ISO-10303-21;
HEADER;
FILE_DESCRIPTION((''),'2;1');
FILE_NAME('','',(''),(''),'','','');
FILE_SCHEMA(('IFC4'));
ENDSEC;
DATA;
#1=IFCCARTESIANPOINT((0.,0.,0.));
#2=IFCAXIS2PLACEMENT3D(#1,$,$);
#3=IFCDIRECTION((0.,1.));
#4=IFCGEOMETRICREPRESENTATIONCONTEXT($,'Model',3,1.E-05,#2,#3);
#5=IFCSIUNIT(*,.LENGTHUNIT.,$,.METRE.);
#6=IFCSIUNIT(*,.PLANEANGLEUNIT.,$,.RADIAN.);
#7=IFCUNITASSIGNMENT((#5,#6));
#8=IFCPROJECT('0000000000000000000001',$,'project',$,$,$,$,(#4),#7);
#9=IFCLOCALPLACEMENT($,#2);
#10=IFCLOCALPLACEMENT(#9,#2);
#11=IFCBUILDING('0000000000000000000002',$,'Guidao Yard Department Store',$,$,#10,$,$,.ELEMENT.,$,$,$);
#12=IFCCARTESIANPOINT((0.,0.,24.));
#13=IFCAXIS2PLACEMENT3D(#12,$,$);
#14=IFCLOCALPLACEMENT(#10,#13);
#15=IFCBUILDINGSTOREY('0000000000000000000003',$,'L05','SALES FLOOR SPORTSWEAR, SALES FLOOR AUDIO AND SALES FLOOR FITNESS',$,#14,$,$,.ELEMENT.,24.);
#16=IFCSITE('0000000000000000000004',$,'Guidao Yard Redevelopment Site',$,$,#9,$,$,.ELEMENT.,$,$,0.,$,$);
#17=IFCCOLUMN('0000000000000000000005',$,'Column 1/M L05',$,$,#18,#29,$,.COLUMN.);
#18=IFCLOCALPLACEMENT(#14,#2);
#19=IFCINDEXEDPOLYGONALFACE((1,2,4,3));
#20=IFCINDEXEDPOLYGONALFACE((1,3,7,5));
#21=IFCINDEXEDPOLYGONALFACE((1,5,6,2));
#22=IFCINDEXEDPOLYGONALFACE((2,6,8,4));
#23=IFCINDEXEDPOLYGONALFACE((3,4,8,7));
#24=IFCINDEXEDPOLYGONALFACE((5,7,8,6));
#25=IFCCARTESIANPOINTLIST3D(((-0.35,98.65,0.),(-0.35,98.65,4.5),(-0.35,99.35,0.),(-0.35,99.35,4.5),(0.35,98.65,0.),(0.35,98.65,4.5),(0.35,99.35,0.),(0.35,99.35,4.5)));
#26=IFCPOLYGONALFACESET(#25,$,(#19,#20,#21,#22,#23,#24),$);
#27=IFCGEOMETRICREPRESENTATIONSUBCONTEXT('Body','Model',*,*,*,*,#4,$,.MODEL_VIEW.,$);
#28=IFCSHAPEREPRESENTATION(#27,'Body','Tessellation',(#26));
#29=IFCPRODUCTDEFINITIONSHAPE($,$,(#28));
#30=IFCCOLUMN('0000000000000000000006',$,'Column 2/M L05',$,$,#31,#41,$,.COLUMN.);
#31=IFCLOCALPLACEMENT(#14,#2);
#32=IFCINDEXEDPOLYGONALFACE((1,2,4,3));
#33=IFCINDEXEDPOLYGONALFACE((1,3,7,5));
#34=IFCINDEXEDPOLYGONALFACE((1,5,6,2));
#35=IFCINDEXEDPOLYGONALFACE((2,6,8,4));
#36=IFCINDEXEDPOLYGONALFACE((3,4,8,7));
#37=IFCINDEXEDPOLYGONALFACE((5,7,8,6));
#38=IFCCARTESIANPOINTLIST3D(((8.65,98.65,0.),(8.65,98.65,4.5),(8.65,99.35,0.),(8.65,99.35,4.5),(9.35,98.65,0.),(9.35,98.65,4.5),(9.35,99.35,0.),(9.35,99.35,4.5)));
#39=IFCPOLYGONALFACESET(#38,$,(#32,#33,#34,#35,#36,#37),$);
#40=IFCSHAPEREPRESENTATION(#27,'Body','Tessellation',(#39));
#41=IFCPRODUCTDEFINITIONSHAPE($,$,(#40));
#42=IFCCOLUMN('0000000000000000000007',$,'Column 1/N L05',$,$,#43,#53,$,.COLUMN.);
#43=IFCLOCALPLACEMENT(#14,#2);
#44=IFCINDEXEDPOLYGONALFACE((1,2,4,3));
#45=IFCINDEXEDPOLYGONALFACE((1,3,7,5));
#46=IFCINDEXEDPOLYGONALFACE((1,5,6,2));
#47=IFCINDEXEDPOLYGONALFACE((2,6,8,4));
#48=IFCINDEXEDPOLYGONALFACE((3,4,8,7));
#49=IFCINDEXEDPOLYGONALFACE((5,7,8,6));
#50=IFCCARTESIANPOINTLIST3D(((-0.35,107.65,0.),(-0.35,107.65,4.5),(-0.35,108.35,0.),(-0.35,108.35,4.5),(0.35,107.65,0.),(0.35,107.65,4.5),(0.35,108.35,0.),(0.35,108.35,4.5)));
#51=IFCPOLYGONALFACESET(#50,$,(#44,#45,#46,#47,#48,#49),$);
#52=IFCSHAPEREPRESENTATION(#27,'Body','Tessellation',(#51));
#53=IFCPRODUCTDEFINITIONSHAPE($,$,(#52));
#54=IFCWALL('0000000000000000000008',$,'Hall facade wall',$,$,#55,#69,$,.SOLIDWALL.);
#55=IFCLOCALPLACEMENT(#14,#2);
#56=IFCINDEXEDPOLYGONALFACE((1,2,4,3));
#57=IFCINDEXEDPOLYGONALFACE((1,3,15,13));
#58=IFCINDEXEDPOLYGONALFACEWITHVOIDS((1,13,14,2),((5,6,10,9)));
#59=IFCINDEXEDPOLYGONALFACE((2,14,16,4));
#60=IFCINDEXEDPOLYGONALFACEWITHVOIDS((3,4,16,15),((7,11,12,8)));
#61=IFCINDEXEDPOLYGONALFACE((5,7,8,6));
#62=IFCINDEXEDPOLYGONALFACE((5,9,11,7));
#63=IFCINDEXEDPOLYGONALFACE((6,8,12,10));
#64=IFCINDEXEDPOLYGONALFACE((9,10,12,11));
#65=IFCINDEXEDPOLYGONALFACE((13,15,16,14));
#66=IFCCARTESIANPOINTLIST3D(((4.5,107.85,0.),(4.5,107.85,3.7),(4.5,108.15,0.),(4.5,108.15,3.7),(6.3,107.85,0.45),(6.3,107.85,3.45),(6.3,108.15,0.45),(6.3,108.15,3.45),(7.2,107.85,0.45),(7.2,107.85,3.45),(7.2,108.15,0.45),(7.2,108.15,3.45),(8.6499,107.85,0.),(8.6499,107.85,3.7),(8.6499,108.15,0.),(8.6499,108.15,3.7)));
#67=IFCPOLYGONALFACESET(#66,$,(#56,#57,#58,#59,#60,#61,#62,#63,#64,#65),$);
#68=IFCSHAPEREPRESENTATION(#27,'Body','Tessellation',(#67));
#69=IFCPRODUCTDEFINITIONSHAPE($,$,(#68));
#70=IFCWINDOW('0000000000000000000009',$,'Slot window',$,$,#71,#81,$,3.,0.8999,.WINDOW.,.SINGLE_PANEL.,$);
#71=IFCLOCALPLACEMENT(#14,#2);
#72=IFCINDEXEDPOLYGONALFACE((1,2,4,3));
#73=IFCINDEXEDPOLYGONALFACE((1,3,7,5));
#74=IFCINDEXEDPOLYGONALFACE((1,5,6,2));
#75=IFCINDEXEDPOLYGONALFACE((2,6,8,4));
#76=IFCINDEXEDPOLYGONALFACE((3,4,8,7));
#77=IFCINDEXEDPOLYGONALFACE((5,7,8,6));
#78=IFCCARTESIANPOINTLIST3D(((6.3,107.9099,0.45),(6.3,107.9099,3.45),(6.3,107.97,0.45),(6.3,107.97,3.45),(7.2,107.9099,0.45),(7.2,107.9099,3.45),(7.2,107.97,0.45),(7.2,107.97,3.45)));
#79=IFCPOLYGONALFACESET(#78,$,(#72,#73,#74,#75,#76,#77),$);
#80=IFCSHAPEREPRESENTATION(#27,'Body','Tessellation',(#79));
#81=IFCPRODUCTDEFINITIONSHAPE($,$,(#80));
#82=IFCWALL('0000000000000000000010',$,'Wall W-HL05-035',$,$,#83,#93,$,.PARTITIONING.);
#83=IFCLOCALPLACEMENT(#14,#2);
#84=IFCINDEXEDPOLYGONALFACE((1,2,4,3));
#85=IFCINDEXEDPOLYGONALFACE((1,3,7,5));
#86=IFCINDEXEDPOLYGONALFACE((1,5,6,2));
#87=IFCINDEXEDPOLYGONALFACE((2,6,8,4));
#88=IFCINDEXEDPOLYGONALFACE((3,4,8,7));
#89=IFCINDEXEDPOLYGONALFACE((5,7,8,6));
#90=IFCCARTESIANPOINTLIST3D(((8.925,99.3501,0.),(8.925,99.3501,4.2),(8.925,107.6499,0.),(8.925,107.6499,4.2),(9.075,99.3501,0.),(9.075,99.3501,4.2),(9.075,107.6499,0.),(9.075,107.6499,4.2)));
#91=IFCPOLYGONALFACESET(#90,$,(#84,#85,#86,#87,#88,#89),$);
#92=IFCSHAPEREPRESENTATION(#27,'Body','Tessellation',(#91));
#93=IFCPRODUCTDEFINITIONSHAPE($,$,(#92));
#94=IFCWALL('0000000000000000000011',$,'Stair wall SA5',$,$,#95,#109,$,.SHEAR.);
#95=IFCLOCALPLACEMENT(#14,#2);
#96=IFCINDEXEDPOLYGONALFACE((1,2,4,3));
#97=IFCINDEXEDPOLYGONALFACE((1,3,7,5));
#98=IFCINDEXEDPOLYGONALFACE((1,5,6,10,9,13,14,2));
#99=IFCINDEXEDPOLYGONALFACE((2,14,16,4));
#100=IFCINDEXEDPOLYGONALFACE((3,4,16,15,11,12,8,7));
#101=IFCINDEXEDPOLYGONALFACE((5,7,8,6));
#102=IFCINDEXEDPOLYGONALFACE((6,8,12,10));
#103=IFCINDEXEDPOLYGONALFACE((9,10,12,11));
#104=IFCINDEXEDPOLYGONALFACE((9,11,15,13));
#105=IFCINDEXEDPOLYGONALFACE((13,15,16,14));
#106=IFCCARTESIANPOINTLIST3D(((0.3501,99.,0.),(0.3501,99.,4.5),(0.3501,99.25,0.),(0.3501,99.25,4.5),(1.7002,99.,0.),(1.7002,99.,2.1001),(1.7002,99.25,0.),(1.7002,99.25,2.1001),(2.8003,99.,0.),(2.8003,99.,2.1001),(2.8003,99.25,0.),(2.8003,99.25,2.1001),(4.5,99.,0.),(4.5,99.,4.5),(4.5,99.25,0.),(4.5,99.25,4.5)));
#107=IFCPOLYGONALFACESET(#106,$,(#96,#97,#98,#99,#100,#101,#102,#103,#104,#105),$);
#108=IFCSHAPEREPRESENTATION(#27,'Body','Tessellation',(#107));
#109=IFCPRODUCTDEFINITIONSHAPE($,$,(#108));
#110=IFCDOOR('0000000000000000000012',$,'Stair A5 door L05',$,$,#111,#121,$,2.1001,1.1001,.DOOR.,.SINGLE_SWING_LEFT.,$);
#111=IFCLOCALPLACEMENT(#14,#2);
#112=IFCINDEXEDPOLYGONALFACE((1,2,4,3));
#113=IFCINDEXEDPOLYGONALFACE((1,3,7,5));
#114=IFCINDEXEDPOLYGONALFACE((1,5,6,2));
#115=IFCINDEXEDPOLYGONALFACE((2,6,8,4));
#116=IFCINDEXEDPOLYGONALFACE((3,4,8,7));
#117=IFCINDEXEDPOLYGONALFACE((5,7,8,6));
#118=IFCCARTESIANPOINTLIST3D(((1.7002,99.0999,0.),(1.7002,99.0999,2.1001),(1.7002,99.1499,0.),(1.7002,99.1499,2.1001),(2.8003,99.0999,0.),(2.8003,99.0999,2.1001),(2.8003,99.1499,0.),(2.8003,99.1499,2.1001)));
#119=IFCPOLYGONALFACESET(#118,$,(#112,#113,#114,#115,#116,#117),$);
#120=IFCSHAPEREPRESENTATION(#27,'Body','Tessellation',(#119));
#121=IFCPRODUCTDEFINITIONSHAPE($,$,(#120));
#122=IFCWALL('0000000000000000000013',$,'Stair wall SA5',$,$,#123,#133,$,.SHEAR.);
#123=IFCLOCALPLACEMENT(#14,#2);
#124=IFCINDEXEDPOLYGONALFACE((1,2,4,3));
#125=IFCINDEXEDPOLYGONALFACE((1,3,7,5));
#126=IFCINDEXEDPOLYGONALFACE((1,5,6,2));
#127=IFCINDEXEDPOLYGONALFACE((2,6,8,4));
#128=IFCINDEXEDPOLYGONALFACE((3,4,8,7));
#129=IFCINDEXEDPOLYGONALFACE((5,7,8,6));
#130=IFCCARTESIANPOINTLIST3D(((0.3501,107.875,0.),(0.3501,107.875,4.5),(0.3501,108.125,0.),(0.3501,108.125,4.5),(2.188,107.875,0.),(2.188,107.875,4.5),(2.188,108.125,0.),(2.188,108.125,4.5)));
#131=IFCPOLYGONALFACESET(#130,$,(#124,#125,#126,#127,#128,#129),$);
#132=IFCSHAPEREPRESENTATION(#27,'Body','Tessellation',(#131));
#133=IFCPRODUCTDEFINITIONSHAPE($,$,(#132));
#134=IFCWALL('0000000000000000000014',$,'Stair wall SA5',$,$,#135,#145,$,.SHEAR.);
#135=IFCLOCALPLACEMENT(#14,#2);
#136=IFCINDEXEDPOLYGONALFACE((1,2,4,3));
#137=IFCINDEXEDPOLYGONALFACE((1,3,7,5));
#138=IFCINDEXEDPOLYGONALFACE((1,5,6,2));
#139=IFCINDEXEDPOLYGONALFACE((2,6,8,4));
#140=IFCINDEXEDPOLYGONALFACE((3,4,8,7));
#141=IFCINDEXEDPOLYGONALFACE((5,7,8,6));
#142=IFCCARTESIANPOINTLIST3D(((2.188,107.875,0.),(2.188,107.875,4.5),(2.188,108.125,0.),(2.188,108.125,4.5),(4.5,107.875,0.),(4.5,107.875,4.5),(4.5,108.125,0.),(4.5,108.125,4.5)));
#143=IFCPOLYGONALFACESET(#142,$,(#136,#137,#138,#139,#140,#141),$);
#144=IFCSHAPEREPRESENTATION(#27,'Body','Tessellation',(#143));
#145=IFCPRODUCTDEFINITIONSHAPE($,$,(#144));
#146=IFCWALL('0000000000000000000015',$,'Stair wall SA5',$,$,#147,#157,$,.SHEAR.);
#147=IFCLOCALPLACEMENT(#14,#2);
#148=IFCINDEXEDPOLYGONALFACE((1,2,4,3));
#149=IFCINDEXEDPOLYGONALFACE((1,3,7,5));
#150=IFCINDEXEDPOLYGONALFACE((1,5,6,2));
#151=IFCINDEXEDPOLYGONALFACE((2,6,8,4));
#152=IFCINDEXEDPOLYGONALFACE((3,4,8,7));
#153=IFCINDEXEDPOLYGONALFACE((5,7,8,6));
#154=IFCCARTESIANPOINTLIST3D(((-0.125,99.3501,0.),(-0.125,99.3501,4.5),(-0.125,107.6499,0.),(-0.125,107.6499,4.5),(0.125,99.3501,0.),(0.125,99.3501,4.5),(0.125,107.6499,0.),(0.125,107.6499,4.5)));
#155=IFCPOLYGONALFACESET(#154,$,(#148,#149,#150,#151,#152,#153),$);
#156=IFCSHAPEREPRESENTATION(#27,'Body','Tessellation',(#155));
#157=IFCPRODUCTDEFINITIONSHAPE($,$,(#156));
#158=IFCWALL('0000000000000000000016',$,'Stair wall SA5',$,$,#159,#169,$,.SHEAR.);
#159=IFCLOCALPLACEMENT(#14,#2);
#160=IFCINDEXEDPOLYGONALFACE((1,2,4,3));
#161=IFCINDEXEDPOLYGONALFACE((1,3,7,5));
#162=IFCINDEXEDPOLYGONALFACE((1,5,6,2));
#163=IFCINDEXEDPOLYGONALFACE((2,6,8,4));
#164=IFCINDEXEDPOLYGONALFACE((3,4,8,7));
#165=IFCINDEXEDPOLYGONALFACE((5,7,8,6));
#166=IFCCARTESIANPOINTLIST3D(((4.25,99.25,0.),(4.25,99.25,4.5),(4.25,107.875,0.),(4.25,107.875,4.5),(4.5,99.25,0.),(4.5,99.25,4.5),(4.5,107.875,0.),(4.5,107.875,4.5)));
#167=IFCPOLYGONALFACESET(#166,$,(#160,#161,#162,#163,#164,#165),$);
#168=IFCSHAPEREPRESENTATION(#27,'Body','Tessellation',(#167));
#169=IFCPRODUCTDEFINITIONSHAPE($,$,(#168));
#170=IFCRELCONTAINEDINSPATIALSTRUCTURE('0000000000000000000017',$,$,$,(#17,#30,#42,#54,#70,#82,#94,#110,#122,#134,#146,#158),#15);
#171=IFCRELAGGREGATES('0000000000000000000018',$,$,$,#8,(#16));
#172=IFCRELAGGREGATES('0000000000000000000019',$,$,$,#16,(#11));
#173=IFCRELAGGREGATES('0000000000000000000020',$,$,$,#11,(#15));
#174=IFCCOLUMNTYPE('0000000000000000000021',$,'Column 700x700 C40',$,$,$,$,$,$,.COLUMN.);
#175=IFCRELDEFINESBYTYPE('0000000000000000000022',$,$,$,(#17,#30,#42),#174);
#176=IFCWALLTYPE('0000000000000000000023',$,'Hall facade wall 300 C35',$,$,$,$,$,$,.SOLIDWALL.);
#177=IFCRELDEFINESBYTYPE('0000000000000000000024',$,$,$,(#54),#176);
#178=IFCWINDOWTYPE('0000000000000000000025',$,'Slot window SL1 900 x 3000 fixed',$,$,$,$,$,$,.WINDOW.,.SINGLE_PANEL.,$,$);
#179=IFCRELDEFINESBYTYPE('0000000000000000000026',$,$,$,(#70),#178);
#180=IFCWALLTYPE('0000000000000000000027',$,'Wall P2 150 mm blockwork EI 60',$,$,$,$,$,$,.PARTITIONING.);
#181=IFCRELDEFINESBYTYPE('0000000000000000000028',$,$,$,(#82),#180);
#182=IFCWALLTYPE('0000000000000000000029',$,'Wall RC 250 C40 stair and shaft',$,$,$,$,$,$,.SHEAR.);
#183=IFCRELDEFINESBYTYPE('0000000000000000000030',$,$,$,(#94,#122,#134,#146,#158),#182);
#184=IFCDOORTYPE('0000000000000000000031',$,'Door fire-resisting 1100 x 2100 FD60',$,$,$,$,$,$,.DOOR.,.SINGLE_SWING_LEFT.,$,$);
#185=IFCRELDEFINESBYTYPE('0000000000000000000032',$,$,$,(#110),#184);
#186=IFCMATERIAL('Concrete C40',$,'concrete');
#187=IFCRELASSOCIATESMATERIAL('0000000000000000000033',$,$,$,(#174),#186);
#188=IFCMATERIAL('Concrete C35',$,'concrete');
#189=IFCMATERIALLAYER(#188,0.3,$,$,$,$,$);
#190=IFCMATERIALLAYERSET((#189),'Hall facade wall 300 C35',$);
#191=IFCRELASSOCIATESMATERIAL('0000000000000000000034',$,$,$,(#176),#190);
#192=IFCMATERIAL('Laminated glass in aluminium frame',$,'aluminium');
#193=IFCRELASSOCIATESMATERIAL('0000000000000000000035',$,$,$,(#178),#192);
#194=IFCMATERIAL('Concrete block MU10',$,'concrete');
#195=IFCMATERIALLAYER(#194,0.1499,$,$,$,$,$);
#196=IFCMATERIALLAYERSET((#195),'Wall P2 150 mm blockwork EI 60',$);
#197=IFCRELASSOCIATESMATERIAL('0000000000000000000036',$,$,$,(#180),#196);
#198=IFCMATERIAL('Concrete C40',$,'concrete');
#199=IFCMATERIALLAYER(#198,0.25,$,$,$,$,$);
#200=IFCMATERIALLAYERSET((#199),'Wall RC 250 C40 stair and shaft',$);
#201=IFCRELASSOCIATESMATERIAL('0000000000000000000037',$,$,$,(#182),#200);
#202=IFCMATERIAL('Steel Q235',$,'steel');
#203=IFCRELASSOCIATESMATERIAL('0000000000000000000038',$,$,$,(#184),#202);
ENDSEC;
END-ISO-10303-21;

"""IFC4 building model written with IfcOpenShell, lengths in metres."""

from ifc_helpers import new_model, si_unit, direction, frame, frame_2d, origin, origin_2d, place, context, subcontext, project, spatial, rectangle, extrude, material, layer, layer_set, material_profile, profile_set, type_object, element, fill, save


model = new_model("IFC4")

# Units and contexts
model_context = context("Model", 3, precision=1e-05, world=origin(), true_north=direction((0.0, 1.0)))
body_context = subcontext(model_context, "Body", "Model", "MODEL_VIEW")
ifc_project = project(units=[si_unit("LENGTHUNIT", "METRE"), si_unit("PLANEANGLEUNIT", "RADIAN")], contexts=[model_context])

# Site, building, storey
site_placement = place(None, origin())
site = spatial("IfcSite", under=ifc_project, at=site_placement, Name="Guidao Yard Redevelopment Site", CompositionType="ELEMENT", RefElevation=0.0)
building_placement = place(site_placement, origin())
building = spatial("IfcBuilding", under=site, at=building_placement, Name="Guidao Yard Department Store", CompositionType="ELEMENT")
storey_placement = place(building_placement, frame((0.0, 0.0, 24.0)))
storey = spatial("IfcBuildingStorey", under=building, at=storey_placement, Name="L05", Description="SALES FLOOR SPORTSWEAR, SALES FLOOR AUDIO AND SALES FLOOR FITNESS", CompositionType="ELEMENT", Elevation=24.0)

# Columns
ifc_material_1 = material(Name="Concrete C40", Category="concrete")
ifc_material_profile = material_profile(ifc_material_1, rectangle(XDim=0.7, YDim=0.7, at=origin_2d()), Name="COL 700x700")
ifc_profile_set = profile_set([ifc_material_profile], Name="Concrete C40")
column_type = type_object("IfcColumnType", Name="Column 700x700 C40", PredefinedType="COLUMN", material=ifc_profile_set)
for number, where, z_axis, x_axis, name in (
    (1, (0.0, 99.0, 0.0), (0.0, 0.0, 1.0), (1.0, 0.0, 0.0), "Column 1/M L05"),
    (2, (9.0, 99.0, 0.0), (0.0, 0.0, 1.0), (1.0, 0.0, 0.0), "Column 2/M L05"),
    (3, (0.0, 108.0, 0.0), (0.0, 0.0, 1.0), (1.0, 0.0, 0.0), "Column 1/N L05"),
):
    element("IfcColumn", number, at=place(storey_placement, frame(where, z_axis=z_axis, x_axis=x_axis)), inside=storey, type_object=column_type, Name=name, PredefinedType="COLUMN", context=body_context, shape_type="SweptSolid", body=[
        extrude(rectangle(XDim=0.7, YDim=0.7, at=origin_2d()), origin(), (0.0, 0.0, 1.0), 4.5),
    ])

# Wall, opening, window
ifc_material_2 = material(Name="Concrete C35", Category="concrete")
ifc_layer_1 = layer(ifc_material_2, 0.3)
ifc_layer_set_1 = layer_set([ifc_layer_1], Name="Hall facade wall 300 C35")
wall_type_1 = type_object("IfcWallType", Name="Hall facade wall 300 C35", PredefinedType="SOLIDWALL", material=ifc_layer_set_1)
wall_1_placement = place(storey_placement, frame((4.5, 108.0, 0.0), z_axis=(0.0, 0.0, 1.0), x_axis=(1.0, 0.0, 0.0)))
wall_1 = element("IfcWall", 4, at=wall_1_placement, inside=storey, type_object=wall_type_1, Name="Hall facade wall", PredefinedType="SOLIDWALL", context=body_context, shape_type="SweptSolid", body=[
    extrude(rectangle(XDim=4.1499, YDim=0.3, at=frame_2d((2.075, 0.0))), origin(), (0.0, 0.0, 1.0), 3.7),
])
opening_1_placement = place(wall_1_placement, frame((1.8, 0.0, 0.45)))
opening_1 = element("IfcOpeningElement", 5, at=opening_1_placement, cuts=wall_1, PredefinedType="OPENING", context=body_context, shape_type="SweptSolid", body=[
    extrude(rectangle(XDim=0.8999, YDim=3.0, at=frame_2d((0.45, 1.5))), frame((0.0, 0.1599, 0.0), z_axis=(0.0, -1.0, 0.0), x_axis=(1.0, 0.0, 0.0)), (0.0, 0.0, 1.0), 0.3201),
])
ifc_material_3 = material(Name="Laminated glass in aluminium frame", Category="aluminium")
window_type = type_object("IfcWindowType", Name="Slot window SL1 900 x 3000 fixed", PartitioningType="SINGLE_PANEL", PredefinedType="WINDOW", material=ifc_material_3)
window_placement = place(opening_1_placement, origin())
window = element("IfcWindow", 6, at=window_placement, inside=storey, type_object=window_type, Name="Slot window", OverallHeight=3.0, OverallWidth=0.8999, PartitioningType="SINGLE_PANEL", PredefinedType="WINDOW", context=body_context, shape_type="SweptSolid", body=[
    extrude(rectangle(XDim=0.8999, YDim=3.0, at=frame_2d((0.45, 1.5))), frame((0.0, -0.03, 0.0), z_axis=(0.0, -1.0, 0.0), x_axis=(1.0, 0.0, 0.0)), (0.0, 0.0, 1.0), 0.0601),
])
fill(opening_1, window)

# Wall
ifc_material_4 = material(Name="Concrete block MU10", Category="concrete")
ifc_layer_2 = layer(ifc_material_4, 0.1499)
ifc_layer_set_2 = layer_set([ifc_layer_2], Name="Wall P2 150 mm blockwork EI 60")
wall_type_2 = type_object("IfcWallType", Name="Wall P2 150 mm blockwork EI 60", PredefinedType="PARTITIONING", material=ifc_layer_set_2)
wall_2_placement = place(storey_placement, frame((9.0, 99.3501, 0.0), z_axis=(0.0, 0.0, 1.0), x_axis=(0.0, 1.0, 0.0)))
element("IfcWall", 7, at=wall_2_placement, inside=storey, type_object=wall_type_2, Name="Wall W-HL05-035", PredefinedType="PARTITIONING", context=body_context, shape_type="SweptSolid", body=[
    extrude(rectangle(XDim=8.2998, YDim=0.1499, at=frame_2d((4.1499, 0.0))), origin(), (0.0, 0.0, 1.0), 4.2),
])

# Wall, opening, door
ifc_material_5 = material(Name="Concrete C40", Category="concrete")
ifc_layer_3 = layer(ifc_material_5, 0.25)
ifc_layer_set_3 = layer_set([ifc_layer_3], Name="Wall RC 250 C40 stair and shaft")
wall_type_3 = type_object("IfcWallType", Name="Wall RC 250 C40 stair and shaft", PredefinedType="SHEAR", material=ifc_layer_set_3)
wall_3_placement = place(storey_placement, frame((0.3501, 99.125, 0.0), z_axis=(0.0, 0.0, 1.0), x_axis=(1.0, 0.0, 0.0)))
wall_3 = element("IfcWall", 8, at=wall_3_placement, inside=storey, type_object=wall_type_3, Name="Stair wall SA5", PredefinedType="SHEAR", context=body_context, shape_type="SweptSolid", body=[
    extrude(rectangle(XDim=4.1499, YDim=0.25, at=frame_2d((2.075, 0.0))), origin(), (0.0, 0.0, 1.0), 4.5),
])
opening_2_placement = place(wall_3_placement, frame((1.3501, 0.0, 0.0)))
opening_2 = element("IfcOpeningElement", 9, at=opening_2_placement, cuts=wall_3, PredefinedType="OPENING", context=body_context, shape_type="SweptSolid", body=[
    extrude(rectangle(XDim=1.1001, YDim=2.1001, at=frame_2d((0.55, 1.05))), frame((0.0, 0.135, 0.0), z_axis=(0.0, -1.0, 0.0), x_axis=(1.0, 0.0, 0.0)), (0.0, 0.0, 1.0), 0.27),
])
ifc_material_6 = material(Name="Steel Q235", Category="steel")
door_type = type_object("IfcDoorType", Name="Door fire-resisting 1100 x 2100 FD60", OperationType="SINGLE_SWING_LEFT", PredefinedType="DOOR", material=ifc_material_6)
door_placement = place(opening_2_placement, origin())
door = element("IfcDoor", 10, at=door_placement, inside=storey, type_object=door_type, Name="Stair A5 door L05", OperationType="SINGLE_SWING_LEFT", OverallHeight=2.1001, OverallWidth=1.1001, PredefinedType="DOOR", context=body_context, shape_type="SweptSolid", body=[
    extrude(rectangle(XDim=1.1001, YDim=2.1001, at=frame_2d((0.55, 1.05))), frame((0.0, 0.0249, 0.0), z_axis=(0.0, -1.0, 0.0), x_axis=(1.0, 0.0, 0.0)), (0.0, 0.0, 1.0), 0.05),
])
fill(opening_2, door)

# Walls
wall_4_placement = place(storey_placement, frame((0.3501, 108.0, 0.0), z_axis=(0.0, 0.0, 1.0), x_axis=(1.0, 0.0, 0.0)))
element("IfcWall", 11, at=wall_4_placement, inside=storey, type_object=wall_type_3, Name="Stair wall SA5", PredefinedType="SHEAR", context=body_context, shape_type="SweptSolid", body=[
    extrude(rectangle(XDim=1.8379, YDim=0.25, at=frame_2d((0.9189, 0.0))), origin(), (0.0, 0.0, 1.0), 4.5),
])
wall_5_placement = place(storey_placement, frame((2.188, 108.0, 0.0), z_axis=(0.0, 0.0, 1.0), x_axis=(1.0, 0.0, 0.0)))
element("IfcWall", 12, at=wall_5_placement, inside=storey, type_object=wall_type_3, Name="Stair wall SA5", PredefinedType="SHEAR", context=body_context, shape_type="SweptSolid", body=[
    extrude(rectangle(XDim=2.312, YDim=0.25, at=frame_2d((1.156, 0.0))), origin(), (0.0, 0.0, 1.0), 4.5),
])
wall_6_placement = place(storey_placement, frame((0.0, 99.3501, 0.0), z_axis=(0.0, 0.0, 1.0), x_axis=(0.0, 1.0, 0.0)))
element("IfcWall", 13, at=wall_6_placement, inside=storey, type_object=wall_type_3, Name="Stair wall SA5", PredefinedType="SHEAR", context=body_context, shape_type="SweptSolid", body=[
    extrude(rectangle(XDim=8.2998, YDim=0.25, at=frame_2d((4.1499, 0.0))), origin(), (0.0, 0.0, 1.0), 4.5),
])
wall_7_placement = place(storey_placement, frame((4.375, 99.25, 0.0), z_axis=(0.0, 0.0, 1.0), x_axis=(0.0, 1.0, 0.0)))
element("IfcWall", 14, at=wall_7_placement, inside=storey, type_object=wall_type_3, Name="Stair wall SA5", PredefinedType="SHEAR", context=body_context, shape_type="SweptSolid", body=[
    extrude(rectangle(XDim=8.625, YDim=0.25, at=frame_2d((4.3125, 0.0))), origin(), (0.0, 0.0, 1.0), 4.5),
])

save(model, "model.ifc")
